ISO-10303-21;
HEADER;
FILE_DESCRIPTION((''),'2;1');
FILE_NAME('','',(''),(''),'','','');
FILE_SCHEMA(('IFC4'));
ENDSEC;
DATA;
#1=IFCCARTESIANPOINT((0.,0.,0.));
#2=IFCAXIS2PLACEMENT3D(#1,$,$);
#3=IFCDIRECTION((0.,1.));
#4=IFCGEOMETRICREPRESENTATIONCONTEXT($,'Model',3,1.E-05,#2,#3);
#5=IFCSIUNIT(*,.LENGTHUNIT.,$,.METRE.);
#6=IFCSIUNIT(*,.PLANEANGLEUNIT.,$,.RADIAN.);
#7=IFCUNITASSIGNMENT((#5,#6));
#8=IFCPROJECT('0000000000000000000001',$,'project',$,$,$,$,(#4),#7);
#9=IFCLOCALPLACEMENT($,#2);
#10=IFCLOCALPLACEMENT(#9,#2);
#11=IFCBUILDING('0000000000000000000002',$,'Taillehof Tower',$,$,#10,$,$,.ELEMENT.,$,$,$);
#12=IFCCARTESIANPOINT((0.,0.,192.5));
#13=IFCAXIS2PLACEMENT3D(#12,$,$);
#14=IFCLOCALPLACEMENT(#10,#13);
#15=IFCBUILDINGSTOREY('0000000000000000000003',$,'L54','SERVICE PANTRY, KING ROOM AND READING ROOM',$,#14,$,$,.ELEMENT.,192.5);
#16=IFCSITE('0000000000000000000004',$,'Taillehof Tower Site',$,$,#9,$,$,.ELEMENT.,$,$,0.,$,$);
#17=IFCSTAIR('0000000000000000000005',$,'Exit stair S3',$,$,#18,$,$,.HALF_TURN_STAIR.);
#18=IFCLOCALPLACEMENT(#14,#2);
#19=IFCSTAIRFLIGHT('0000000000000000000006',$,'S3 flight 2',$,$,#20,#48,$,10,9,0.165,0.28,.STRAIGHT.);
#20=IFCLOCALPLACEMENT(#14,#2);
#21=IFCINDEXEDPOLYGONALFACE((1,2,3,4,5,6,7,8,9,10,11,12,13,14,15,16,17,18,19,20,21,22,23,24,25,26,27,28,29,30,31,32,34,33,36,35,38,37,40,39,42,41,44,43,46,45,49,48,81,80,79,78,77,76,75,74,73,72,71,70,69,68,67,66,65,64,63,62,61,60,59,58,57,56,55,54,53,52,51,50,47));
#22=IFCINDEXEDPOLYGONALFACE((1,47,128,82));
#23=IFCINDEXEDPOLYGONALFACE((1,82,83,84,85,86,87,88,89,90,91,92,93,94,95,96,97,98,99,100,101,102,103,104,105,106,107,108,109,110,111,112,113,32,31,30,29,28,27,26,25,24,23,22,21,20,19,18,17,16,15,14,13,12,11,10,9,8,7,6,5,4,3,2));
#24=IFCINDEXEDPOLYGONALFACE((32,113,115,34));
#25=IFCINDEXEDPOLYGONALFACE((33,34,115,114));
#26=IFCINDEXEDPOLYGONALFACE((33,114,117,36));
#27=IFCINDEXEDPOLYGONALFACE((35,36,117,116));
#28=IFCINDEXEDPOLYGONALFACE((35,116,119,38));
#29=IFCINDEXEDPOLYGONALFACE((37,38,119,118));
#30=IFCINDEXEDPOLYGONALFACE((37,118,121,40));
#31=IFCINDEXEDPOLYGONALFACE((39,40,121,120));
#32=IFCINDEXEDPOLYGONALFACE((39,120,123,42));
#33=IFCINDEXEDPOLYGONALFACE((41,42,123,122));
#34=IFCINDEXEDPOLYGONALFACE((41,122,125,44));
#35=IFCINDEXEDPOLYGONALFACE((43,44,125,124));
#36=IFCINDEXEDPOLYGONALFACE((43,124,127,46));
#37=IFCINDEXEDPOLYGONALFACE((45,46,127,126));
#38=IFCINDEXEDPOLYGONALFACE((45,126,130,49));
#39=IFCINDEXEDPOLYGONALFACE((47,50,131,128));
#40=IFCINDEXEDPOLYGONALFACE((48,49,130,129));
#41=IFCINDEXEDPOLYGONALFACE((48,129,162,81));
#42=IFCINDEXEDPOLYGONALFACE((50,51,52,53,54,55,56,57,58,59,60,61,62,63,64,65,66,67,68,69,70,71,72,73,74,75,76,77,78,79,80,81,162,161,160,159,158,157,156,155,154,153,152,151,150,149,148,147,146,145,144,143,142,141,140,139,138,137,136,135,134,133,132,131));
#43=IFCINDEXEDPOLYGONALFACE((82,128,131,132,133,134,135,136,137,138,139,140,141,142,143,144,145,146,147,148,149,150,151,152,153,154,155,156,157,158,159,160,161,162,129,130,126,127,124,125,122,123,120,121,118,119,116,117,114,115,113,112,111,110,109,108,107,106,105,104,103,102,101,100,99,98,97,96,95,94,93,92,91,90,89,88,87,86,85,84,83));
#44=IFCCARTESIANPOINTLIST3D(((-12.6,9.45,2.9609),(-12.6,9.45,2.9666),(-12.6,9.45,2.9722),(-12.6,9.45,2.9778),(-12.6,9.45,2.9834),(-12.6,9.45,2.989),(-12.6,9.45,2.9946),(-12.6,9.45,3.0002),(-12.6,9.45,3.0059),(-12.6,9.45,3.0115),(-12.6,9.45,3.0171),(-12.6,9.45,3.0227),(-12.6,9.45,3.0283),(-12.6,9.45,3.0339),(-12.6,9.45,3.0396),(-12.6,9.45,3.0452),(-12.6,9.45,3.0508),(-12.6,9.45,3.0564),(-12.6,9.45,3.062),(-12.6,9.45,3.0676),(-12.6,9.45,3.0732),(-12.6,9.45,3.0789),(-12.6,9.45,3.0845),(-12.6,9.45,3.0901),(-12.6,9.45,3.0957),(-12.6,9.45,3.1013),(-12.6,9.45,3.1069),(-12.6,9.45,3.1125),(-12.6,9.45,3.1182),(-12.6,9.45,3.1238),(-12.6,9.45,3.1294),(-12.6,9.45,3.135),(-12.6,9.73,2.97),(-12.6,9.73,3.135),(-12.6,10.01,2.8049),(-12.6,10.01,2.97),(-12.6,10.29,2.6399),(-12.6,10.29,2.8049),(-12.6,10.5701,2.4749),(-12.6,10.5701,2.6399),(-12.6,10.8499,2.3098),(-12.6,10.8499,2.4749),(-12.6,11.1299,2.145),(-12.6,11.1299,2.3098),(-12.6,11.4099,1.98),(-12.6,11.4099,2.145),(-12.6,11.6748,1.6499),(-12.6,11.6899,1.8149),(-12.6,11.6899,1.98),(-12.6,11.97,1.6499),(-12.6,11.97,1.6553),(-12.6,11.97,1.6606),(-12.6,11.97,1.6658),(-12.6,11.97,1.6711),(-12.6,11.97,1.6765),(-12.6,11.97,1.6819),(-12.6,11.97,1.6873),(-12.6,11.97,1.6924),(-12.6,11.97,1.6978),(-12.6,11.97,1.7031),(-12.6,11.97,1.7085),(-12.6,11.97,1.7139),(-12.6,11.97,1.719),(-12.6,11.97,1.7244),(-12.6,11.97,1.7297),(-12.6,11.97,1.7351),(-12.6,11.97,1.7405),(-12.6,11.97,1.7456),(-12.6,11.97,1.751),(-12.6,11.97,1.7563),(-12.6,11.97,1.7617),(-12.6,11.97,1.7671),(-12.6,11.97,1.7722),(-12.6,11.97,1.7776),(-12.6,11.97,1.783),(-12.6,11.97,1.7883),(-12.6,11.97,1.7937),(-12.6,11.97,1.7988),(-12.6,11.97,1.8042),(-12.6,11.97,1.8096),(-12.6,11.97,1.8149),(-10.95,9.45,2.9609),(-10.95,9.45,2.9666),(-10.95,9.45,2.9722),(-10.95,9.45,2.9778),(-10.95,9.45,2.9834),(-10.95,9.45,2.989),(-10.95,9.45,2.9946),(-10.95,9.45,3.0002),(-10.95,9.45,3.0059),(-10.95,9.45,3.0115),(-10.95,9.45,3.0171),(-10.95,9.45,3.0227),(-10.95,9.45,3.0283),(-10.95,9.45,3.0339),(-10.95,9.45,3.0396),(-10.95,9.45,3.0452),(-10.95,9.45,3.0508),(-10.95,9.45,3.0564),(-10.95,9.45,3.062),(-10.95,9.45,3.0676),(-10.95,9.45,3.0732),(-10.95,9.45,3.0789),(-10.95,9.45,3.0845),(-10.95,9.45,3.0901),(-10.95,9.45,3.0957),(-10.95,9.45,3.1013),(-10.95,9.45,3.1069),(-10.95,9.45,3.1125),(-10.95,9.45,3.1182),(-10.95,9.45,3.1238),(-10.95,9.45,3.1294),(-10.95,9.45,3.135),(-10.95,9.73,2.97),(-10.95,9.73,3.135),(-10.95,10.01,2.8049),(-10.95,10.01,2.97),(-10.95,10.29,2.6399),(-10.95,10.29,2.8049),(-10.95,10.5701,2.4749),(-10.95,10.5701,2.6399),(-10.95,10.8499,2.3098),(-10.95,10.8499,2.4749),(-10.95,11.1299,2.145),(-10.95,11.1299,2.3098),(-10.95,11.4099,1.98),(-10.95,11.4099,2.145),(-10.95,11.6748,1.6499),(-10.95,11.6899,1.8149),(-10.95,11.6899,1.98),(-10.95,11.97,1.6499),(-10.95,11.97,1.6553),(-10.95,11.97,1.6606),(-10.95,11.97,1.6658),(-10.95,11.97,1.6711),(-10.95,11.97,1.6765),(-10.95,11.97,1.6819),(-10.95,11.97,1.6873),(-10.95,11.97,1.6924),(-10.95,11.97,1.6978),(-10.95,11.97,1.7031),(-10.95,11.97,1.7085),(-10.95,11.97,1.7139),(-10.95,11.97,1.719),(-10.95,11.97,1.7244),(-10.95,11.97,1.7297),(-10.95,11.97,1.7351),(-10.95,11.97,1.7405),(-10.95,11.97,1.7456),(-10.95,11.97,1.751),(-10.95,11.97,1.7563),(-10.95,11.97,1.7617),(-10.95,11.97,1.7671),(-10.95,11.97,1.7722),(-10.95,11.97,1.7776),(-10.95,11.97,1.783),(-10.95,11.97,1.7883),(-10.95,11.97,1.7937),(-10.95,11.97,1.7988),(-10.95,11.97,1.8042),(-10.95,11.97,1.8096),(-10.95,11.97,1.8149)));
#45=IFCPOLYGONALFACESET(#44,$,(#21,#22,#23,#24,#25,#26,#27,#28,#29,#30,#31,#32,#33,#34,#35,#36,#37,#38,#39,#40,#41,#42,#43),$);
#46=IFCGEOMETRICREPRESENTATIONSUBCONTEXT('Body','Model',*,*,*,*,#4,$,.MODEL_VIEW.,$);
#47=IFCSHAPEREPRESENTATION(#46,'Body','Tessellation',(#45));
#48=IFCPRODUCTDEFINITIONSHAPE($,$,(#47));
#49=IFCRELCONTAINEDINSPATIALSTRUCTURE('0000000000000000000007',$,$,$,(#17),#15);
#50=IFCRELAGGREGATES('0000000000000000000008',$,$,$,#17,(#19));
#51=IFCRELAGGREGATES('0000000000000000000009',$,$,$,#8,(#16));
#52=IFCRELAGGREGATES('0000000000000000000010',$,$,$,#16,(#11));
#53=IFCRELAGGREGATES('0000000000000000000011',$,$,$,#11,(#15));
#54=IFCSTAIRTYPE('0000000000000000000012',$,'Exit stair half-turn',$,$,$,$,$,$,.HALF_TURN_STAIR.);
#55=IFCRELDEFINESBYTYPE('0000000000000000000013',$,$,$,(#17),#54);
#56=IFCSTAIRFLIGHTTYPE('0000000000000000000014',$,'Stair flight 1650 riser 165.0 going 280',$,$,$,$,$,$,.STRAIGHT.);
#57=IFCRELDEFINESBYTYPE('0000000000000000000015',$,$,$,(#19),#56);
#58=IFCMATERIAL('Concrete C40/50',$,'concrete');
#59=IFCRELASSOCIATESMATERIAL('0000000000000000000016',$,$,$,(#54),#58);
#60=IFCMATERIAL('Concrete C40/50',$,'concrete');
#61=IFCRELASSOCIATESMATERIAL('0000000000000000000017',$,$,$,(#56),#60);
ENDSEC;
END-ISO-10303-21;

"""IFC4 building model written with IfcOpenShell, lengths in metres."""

from ifc_helpers import new_model, si_unit, direction, frame, origin, place, context, subcontext, project, spatial, polyline, outline, extrude, material, type_object, element, aggregate, save


model = new_model("IFC4")

# Units and contexts
model_context = context("Model", 3, precision=1e-05, world=origin(), true_north=direction((0.0, 1.0)))
body_context = subcontext(model_context, "Body", "Model", "MODEL_VIEW")
ifc_project = project(units=[si_unit("LENGTHUNIT", "METRE"), si_unit("PLANEANGLEUNIT", "RADIAN")], contexts=[model_context])

# Site, building, storey
site_placement = place(None, origin())
site = spatial("IfcSite", under=ifc_project, at=site_placement, Name="Taillehof Tower Site", CompositionType="ELEMENT", RefElevation=0.0)
building_placement = place(site_placement, origin())
building = spatial("IfcBuilding", under=site, at=building_placement, Name="Taillehof Tower", CompositionType="ELEMENT")
storey_placement = place(building_placement, frame((0.0, 0.0, 192.5)))
storey = spatial("IfcBuildingStorey", under=building, at=storey_placement, Name="L54", Description="SERVICE PANTRY, KING ROOM AND READING ROOM", CompositionType="ELEMENT", Elevation=192.5)

# Stair, stair flight
ifc_material_1 = material(Name="Concrete C40/50", Category="concrete")
stair_type = type_object("IfcStairType", Name="Exit stair half-turn", PredefinedType="HALF_TURN_STAIR", material=ifc_material_1)
stair_placement = place(storey_placement, origin())
stair = element("IfcStair", 1, at=stair_placement, inside=storey, type_object=stair_type, Name="Exit stair S3", PredefinedType="HALF_TURN_STAIR")
ifc_material_2 = material(Name="Concrete C40/50", Category="concrete")
stair_flight_type = type_object("IfcStairFlightType", Name="Stair flight 1650 riser 165.0 going 280", PredefinedType="STRAIGHT", material=ifc_material_2)
stair_flight_placement = place(storey_placement, frame((-11.7749, 11.97, 1.6499), z_axis=(0.0, 0.0, 1.0), x_axis=(0.0, -1.0, 0.0)))
stair_flight = element("IfcStairFlight", 2, at=stair_flight_placement, type_object=stair_flight_type, Name="S3 flight 2", NumberOfRisers=10, NumberOfTreads=9, PredefinedType="STRAIGHT", RiserHeight=0.165, TreadLength=0.28, context=body_context, shape_type="SweptSolid", body=[
    extrude(outline(polyline([(0.0, 0.0), (0.0, 0.0054), (0.0, 0.0107), (0.0, 0.0159), (0.0, 0.0212), (0.0, 0.0266), (0.0, 0.032), (0.0, 0.0374), (0.0, 0.0425), (0.0, 0.0479), (0.0, 0.0532), (0.0, 0.0586), (0.0, 0.064), (0.0, 0.0691), (0.0, 0.0745), (0.0, 0.0798), (0.0, 0.0852), (0.0, 0.0906), (0.0, 0.0957), (0.0, 0.1011), (0.0, 0.1064), (0.0, 0.1118), (0.0, 0.1172), (0.0, 0.1223), (0.0, 0.1277), (0.0, 0.1331), (0.0, 0.1384), (0.0, 0.1438), (0.0, 0.1489), (0.0, 0.1543), (0.0, 0.1597), (0.0, 0.165), (0.28, 0.165), (0.28, 0.3301), (0.5601, 0.3301), (0.5601, 0.4951), (0.8401, 0.4951), (0.8401, 0.6599), (1.1201, 0.6599), (1.1201, 0.825), (1.3999, 0.825), (1.3999, 0.99), (1.6799, 0.99), (1.6799, 1.155), (1.96, 1.155), (1.96, 1.3201), (2.24, 1.3201), (2.24, 1.4851), (2.52, 1.4851), (2.52, 1.4795), (2.52, 1.4739), (2.52, 1.4683), (2.52, 1.4626), (2.52, 1.457), (2.52, 1.4514), (2.52, 1.4458), (2.52, 1.4402), (2.52, 1.4346), (2.52, 1.429), (2.52, 1.4233), (2.52, 1.4177), (2.52, 1.4121), (2.52, 1.4065), (2.52, 1.4009), (2.52, 1.3953), (2.52, 1.3896), (2.52, 1.384), (2.52, 1.3784), (2.52, 1.3728), (2.52, 1.3672), (2.52, 1.3616), (2.52, 1.356), (2.52, 1.3503), (2.52, 1.3447), (2.52, 1.3391), (2.52, 1.3335), (2.52, 1.3279), (2.52, 1.3223), (2.52, 1.3167), (2.52, 1.311), (0.2952, 0.0), (0.0, 0.0)])), frame((0.0, 0.825, 0.0), z_axis=(0.0, -1.0, 0.0), x_axis=(1.0, 0.0, 0.0)), (0.0, 0.0, 1.0), 1.65),
])
aggregate(stair, [stair_flight])

save(model, "model.ifc")
